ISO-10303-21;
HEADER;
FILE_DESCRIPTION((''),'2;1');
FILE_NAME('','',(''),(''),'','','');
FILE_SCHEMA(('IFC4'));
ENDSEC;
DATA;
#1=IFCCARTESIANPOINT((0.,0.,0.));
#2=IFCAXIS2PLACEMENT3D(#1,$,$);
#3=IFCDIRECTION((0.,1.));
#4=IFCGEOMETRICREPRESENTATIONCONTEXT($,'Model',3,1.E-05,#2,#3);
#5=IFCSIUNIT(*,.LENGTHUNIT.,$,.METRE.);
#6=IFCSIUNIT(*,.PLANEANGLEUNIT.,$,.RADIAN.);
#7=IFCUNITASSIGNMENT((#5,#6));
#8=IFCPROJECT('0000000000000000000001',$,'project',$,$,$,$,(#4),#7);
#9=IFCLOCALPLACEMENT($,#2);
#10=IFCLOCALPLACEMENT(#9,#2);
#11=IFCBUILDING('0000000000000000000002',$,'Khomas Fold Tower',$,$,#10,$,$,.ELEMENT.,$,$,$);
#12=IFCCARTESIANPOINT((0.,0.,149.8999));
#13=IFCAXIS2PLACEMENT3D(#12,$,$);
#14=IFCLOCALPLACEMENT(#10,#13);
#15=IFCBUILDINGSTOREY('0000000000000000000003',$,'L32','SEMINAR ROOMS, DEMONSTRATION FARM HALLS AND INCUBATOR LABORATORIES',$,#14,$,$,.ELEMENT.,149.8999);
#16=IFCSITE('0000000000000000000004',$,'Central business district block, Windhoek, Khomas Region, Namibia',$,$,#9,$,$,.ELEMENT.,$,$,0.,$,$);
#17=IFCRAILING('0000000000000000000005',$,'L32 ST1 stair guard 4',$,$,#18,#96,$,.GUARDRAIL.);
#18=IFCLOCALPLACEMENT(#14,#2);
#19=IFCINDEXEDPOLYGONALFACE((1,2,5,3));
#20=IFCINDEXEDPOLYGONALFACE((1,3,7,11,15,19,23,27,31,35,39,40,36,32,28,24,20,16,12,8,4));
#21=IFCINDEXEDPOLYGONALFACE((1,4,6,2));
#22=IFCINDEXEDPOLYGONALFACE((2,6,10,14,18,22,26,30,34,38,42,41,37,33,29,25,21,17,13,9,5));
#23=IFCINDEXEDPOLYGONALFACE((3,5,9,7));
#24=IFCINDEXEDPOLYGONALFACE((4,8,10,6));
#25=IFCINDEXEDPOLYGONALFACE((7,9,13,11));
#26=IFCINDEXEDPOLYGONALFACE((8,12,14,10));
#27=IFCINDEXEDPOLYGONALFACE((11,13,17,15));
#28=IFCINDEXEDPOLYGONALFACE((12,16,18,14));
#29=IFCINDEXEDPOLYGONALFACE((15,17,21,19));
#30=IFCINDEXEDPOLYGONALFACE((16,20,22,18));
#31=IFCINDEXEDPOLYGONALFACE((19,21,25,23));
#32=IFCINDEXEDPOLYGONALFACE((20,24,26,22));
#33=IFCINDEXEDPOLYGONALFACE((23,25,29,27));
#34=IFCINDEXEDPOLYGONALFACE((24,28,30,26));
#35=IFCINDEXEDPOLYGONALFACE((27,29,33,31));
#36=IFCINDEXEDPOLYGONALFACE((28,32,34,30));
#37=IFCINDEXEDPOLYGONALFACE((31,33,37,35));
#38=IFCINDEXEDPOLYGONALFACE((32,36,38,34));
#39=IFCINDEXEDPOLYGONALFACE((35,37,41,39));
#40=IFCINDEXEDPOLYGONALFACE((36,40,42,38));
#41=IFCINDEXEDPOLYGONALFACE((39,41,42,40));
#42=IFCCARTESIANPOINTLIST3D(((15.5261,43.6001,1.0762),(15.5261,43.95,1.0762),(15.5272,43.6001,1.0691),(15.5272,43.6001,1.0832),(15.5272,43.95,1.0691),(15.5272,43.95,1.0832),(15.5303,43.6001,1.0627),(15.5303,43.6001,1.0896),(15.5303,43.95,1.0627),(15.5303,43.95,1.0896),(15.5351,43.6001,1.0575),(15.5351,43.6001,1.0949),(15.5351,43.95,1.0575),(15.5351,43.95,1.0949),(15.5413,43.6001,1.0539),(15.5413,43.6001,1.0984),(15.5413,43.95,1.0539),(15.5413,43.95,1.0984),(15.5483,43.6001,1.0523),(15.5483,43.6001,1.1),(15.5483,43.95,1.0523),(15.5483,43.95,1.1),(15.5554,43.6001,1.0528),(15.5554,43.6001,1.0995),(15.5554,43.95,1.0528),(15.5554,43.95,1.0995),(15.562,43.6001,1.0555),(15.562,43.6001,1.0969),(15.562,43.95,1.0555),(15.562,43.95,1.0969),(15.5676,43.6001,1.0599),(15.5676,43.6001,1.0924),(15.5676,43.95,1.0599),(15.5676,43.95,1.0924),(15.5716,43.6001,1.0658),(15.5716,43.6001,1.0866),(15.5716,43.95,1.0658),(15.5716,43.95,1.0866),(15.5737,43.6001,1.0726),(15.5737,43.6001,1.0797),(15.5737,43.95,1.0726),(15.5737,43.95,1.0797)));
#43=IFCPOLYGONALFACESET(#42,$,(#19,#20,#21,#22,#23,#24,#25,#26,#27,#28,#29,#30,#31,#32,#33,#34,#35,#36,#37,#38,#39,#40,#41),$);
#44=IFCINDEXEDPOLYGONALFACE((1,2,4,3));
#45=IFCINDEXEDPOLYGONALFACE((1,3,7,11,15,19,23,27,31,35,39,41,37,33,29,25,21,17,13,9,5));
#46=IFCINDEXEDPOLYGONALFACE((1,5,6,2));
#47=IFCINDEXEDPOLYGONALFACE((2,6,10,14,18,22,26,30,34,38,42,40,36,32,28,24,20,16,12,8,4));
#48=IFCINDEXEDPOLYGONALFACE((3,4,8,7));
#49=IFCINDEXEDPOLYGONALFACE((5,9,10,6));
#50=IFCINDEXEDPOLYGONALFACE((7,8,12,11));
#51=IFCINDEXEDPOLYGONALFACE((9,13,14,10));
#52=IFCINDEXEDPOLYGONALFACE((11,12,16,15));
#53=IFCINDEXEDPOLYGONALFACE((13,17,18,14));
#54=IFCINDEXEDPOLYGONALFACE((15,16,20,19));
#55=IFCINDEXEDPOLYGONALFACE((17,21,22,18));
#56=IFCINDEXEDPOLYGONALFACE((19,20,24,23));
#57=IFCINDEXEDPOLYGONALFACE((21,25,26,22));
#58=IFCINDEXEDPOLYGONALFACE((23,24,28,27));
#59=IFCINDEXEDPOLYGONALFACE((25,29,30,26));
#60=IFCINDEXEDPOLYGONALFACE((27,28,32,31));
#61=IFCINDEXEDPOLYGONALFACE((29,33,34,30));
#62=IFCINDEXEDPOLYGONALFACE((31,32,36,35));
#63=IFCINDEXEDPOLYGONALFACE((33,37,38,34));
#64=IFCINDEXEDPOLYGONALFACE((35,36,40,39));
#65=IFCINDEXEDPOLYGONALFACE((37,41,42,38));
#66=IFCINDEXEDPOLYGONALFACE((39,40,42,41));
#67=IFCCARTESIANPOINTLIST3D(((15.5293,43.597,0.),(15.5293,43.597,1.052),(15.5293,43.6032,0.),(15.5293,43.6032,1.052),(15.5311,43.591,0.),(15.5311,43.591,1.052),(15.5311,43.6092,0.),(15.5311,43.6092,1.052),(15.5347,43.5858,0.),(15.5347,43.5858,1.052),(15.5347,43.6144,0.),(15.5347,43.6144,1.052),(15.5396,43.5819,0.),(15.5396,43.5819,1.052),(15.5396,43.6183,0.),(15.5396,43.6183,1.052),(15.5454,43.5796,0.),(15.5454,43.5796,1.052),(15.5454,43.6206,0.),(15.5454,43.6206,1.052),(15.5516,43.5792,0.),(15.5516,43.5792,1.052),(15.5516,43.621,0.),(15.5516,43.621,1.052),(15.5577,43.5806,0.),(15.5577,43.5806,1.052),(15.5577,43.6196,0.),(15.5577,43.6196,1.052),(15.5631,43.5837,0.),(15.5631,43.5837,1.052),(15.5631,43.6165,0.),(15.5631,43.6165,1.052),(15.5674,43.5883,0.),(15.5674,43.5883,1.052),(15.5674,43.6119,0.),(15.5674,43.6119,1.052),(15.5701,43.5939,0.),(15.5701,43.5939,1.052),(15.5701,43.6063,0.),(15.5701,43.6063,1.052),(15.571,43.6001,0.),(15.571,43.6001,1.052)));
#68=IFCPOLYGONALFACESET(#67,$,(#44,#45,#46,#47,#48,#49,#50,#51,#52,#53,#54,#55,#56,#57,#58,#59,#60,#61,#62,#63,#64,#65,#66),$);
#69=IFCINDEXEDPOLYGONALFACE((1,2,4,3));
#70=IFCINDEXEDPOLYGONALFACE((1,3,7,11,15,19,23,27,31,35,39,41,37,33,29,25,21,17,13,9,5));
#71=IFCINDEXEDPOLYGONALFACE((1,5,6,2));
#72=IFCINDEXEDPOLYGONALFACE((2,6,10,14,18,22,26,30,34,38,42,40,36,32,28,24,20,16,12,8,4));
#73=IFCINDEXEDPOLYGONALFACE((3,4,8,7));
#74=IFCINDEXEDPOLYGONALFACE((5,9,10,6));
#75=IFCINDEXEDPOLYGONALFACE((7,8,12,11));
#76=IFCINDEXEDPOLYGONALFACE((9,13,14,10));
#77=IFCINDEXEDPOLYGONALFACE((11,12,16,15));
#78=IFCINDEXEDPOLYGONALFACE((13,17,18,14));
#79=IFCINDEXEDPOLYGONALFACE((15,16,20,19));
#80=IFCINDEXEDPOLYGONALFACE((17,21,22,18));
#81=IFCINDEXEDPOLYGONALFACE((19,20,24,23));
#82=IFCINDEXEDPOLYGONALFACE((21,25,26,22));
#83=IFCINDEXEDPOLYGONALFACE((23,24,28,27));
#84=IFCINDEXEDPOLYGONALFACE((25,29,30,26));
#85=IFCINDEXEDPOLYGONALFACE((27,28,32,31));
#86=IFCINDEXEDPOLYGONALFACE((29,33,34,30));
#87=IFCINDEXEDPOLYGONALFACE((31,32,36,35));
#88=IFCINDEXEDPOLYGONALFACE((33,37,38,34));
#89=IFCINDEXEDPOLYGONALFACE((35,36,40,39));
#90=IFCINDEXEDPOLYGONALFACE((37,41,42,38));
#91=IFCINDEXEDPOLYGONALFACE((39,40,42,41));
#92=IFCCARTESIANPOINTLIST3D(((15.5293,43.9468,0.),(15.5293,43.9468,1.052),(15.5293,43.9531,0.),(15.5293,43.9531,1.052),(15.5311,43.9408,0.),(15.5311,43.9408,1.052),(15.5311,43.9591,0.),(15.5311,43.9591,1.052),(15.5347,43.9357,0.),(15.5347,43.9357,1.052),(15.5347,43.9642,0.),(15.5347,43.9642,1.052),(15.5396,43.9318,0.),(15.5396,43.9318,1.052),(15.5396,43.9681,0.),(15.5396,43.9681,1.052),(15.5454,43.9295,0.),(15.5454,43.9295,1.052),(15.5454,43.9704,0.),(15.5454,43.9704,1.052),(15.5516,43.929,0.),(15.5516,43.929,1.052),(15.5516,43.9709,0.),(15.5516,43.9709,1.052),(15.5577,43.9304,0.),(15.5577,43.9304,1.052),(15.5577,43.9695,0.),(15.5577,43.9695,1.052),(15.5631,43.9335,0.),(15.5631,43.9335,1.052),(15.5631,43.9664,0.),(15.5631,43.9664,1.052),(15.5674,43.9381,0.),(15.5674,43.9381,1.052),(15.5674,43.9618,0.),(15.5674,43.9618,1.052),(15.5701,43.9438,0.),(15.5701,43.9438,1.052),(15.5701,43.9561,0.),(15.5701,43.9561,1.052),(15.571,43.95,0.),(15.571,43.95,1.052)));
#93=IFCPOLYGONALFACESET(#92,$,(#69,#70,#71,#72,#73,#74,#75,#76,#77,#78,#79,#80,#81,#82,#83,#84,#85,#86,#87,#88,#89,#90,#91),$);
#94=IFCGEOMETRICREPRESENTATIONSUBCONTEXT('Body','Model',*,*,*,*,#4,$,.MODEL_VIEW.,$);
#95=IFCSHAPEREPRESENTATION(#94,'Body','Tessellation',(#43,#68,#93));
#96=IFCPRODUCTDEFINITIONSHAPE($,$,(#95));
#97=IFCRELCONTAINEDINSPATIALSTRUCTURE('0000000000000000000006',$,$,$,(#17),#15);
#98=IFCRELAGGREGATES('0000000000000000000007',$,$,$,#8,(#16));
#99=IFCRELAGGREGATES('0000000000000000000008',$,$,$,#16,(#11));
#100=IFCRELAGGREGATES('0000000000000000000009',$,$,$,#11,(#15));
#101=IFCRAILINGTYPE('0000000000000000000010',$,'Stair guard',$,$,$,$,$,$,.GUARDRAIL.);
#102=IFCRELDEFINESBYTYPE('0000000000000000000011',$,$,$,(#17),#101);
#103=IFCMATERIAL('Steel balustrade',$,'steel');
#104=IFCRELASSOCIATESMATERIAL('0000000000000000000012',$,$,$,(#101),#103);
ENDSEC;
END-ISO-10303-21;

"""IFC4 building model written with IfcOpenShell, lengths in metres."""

from ifc_helpers import new_model, si_unit, direction, frame, origin, origin_2d, place, context, subcontext, project, spatial, circle, extrude, source, transform, mapped, material, type_object, element, save


model = new_model("IFC4")

# Units and contexts
model_context = context("Model", 3, precision=1e-05, world=origin(), true_north=direction((0.0, 1.0)))
body_context = subcontext(model_context, "Body", "Model", "MODEL_VIEW")
ifc_project = project(units=[si_unit("LENGTHUNIT", "METRE"), si_unit("PLANEANGLEUNIT", "RADIAN")], contexts=[model_context])

# Site, building, storey
site_placement = place(None, origin())
site = spatial("IfcSite", under=ifc_project, at=site_placement, Name="Central business district block, Windhoek, Khomas Region, Namibia", CompositionType="ELEMENT", RefElevation=0.0)
building_placement = place(site_placement, origin())
building = spatial("IfcBuilding", under=site, at=building_placement, Name="Khomas Fold Tower", CompositionType="ELEMENT")
storey_placement = place(building_placement, frame((0.0, 0.0, 149.8999)))
storey = spatial("IfcBuildingStorey", under=building, at=storey_placement, Name="L32", Description="SEMINAR ROOMS, DEMONSTRATION FARM HALLS AND INCUBATOR LABORATORIES", CompositionType="ELEMENT", Elevation=149.8999)

# Railing
ifc_material_1 = material(Name="Steel balustrade", Category="steel")
railing_type_1 = type_object("IfcRailingType", Name="Stair guard", PredefinedType="GUARDRAIL", material=ifc_material_1)
shared_shape_1 = source(origin(), body_context, "Body", "SweptSolid", [
    extrude(circle(Radius=0.0239, at=origin_2d()), frame((0.0, 0.0, 1.0762), z_axis=(0.0, 1.0, 0.0), x_axis=(-1.0, 0.0, 0.0)), (0.0, 0.0, 1.0), 0.3499),
    extrude(circle(Radius=0.021, at=origin_2d()), origin(), (0.0, 0.0, 1.0), 1.052),
    extrude(circle(Radius=0.021, at=origin_2d()), frame((0.0, 0.3499, 0.0)), (0.0, 0.0, 1.0), 1.052),
])
for number, where, name in (
    (1, (15.55, 43.6001, 0.0), "L32 ST1 stair guard 4"),
):
    element("IfcRailing", number, at=place(storey_placement, frame(where)), inside=storey, type_object=railing_type_1, Name=name, PredefinedType="GUARDRAIL", context=body_context, shape_type="MappedRepresentation", body=[
        mapped(shared_shape_1, transform((0.0, 0.0, 0.0))),
    ])

save(model, "model.ifc")
